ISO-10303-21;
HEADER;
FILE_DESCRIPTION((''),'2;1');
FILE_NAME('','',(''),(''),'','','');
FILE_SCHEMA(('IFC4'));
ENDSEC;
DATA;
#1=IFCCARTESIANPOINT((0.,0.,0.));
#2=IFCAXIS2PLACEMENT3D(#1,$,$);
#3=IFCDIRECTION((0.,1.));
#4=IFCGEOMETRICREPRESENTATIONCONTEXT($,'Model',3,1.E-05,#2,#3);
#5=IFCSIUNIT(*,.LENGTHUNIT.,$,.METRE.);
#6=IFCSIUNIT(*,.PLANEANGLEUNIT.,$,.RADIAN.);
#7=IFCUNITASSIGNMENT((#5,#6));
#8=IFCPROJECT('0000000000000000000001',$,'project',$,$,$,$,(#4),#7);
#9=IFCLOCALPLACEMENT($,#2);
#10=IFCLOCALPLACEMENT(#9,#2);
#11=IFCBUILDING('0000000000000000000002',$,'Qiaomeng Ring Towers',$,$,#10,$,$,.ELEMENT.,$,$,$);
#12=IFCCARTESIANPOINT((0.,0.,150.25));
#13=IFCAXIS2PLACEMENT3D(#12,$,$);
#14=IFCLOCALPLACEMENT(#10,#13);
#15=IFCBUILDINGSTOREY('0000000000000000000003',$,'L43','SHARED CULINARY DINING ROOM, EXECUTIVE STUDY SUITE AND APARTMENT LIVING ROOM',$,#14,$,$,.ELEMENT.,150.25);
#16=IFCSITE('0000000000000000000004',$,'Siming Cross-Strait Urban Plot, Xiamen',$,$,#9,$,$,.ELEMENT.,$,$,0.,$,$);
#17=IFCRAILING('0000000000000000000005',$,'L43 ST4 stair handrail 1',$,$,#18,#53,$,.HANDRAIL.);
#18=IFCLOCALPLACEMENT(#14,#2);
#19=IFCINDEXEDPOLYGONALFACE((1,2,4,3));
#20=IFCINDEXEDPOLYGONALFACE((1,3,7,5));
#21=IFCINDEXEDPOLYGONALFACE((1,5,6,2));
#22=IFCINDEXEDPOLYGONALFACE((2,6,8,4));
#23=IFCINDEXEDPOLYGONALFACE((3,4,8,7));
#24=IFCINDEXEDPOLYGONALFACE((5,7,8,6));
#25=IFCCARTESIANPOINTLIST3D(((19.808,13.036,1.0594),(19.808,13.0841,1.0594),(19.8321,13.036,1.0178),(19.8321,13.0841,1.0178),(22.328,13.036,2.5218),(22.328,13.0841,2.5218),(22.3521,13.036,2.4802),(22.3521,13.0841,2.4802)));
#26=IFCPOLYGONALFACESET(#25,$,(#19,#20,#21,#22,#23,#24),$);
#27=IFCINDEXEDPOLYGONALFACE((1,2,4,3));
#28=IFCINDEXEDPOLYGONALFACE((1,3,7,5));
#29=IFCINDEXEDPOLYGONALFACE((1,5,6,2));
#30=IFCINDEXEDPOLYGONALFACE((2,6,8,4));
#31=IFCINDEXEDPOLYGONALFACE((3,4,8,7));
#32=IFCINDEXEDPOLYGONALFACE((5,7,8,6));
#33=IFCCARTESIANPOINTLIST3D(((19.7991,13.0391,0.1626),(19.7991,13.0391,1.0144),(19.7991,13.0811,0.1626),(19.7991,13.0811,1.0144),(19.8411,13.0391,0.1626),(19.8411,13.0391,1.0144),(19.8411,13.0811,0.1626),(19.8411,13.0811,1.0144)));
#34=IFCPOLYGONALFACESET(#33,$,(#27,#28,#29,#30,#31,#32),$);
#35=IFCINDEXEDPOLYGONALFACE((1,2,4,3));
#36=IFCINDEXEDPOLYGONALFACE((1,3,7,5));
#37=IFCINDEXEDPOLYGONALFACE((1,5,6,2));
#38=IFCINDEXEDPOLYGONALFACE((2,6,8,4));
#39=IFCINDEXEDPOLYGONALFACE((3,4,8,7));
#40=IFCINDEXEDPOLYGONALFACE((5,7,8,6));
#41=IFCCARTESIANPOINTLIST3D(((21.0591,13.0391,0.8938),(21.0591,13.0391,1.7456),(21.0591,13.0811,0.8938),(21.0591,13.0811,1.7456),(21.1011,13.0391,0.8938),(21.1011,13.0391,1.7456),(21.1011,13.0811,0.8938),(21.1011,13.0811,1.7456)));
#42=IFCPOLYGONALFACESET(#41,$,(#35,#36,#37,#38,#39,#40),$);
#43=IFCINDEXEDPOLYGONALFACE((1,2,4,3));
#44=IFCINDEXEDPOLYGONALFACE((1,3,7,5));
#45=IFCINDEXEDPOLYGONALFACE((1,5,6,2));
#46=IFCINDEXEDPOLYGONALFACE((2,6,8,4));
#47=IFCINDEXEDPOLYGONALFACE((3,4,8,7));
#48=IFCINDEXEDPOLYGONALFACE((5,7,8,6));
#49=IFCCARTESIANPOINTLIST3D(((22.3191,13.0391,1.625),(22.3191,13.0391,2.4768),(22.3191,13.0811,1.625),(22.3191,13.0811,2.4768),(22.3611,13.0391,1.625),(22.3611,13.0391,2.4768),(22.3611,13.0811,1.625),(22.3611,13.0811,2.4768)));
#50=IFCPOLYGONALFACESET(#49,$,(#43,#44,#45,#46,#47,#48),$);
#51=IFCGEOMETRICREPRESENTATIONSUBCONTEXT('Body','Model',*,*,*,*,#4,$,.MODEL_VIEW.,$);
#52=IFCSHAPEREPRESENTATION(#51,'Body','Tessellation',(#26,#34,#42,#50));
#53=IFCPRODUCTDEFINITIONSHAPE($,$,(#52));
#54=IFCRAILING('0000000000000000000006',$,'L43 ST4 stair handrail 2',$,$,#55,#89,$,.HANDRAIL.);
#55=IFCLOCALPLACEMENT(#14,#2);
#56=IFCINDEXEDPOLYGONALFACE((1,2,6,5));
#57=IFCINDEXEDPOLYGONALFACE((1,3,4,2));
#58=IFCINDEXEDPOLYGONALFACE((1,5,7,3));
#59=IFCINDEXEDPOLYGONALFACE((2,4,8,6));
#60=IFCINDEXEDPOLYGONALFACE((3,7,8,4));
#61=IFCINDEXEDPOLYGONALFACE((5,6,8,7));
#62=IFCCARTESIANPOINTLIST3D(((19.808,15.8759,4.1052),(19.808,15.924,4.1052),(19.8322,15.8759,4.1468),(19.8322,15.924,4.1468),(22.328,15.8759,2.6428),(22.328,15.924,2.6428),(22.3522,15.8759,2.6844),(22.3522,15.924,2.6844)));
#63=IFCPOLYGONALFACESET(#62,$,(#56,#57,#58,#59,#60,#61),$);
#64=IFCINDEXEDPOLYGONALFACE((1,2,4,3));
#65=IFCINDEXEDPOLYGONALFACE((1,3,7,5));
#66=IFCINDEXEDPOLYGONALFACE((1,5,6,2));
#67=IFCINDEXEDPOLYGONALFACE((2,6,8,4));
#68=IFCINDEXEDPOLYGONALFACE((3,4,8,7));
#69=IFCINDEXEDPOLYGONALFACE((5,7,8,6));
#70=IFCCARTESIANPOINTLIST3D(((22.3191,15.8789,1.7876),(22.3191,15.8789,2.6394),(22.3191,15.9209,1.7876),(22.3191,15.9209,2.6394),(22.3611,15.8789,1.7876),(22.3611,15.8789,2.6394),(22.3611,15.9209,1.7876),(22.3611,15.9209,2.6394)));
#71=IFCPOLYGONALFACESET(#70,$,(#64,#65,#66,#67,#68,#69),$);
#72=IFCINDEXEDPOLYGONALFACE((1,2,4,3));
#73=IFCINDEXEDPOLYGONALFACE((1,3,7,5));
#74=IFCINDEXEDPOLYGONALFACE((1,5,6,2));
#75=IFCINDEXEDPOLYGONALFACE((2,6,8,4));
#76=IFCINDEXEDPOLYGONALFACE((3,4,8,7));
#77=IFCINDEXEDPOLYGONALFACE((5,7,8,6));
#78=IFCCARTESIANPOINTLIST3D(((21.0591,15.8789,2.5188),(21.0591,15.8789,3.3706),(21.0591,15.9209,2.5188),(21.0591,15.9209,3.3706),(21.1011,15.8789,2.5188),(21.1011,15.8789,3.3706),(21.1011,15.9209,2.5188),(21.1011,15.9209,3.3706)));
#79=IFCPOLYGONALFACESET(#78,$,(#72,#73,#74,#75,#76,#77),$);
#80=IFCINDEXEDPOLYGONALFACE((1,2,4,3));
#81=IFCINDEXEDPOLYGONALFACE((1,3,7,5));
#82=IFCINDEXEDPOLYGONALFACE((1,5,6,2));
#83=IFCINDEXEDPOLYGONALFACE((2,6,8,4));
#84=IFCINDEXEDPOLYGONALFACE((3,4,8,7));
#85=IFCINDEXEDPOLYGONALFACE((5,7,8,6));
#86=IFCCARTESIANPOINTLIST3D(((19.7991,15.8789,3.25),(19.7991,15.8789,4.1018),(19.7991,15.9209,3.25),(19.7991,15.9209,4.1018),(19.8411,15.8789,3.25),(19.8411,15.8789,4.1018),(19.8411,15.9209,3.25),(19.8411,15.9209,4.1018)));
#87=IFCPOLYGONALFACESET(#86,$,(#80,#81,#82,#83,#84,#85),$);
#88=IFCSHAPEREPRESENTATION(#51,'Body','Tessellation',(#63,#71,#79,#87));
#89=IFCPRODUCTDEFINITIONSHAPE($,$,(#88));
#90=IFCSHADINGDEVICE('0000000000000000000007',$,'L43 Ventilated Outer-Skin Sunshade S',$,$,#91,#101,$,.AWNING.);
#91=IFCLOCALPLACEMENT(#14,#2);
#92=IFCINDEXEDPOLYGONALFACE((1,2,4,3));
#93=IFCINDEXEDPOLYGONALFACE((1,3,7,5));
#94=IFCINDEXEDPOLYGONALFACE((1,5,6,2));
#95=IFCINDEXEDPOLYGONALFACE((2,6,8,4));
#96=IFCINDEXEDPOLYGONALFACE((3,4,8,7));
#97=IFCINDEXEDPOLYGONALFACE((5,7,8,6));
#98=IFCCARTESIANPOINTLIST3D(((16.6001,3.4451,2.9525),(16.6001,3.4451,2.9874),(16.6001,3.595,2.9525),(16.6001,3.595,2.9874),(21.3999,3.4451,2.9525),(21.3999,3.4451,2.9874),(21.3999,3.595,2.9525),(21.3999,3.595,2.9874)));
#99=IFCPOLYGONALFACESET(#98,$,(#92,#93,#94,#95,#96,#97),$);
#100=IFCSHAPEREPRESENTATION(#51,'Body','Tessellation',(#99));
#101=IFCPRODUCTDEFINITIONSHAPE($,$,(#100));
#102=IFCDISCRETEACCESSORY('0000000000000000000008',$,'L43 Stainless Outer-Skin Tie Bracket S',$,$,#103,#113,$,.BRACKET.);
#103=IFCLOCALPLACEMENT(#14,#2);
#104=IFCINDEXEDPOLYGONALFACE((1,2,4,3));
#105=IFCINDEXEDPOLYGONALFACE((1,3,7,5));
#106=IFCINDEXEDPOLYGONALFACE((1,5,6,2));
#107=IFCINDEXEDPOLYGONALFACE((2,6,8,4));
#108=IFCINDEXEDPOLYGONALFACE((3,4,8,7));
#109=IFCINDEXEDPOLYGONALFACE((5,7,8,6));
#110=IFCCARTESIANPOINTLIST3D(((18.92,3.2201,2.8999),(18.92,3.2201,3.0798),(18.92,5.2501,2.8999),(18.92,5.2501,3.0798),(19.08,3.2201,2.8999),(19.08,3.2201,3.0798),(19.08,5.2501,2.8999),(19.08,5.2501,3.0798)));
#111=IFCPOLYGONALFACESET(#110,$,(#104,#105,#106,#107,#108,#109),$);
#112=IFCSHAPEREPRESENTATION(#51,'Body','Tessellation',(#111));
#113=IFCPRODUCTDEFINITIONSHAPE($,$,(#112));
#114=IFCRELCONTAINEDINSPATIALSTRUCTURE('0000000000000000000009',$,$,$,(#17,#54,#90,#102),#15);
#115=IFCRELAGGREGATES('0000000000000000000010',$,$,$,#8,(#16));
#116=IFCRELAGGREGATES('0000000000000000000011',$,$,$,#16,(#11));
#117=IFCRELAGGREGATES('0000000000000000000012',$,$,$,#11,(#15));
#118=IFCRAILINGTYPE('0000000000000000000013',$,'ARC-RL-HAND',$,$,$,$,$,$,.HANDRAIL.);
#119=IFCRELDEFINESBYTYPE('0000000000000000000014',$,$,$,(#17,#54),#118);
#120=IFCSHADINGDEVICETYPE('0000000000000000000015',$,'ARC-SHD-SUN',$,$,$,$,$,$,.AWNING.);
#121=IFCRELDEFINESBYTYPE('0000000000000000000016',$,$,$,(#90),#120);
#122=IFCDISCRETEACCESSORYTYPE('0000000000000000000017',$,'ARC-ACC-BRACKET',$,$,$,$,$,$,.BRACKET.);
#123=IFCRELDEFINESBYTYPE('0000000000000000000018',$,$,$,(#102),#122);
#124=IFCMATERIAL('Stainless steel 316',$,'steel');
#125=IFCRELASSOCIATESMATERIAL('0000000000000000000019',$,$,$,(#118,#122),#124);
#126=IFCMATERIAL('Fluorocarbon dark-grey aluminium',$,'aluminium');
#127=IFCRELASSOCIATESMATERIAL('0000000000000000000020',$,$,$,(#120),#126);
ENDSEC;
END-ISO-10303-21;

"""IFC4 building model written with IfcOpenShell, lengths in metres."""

from ifc_helpers import new_model, si_unit, direction, frame, origin, origin_2d, place, context, subcontext, project, spatial, rectangle, extrude, source, transform, mapped, material, material_profile, profile_set, type_object, element, save


model = new_model("IFC4")

# Units and contexts
model_context = context("Model", 3, precision=1e-05, world=origin(), true_north=direction((0.0, 1.0)))
body_context = subcontext(model_context, "Body", "Model", "MODEL_VIEW")
ifc_project = project(units=[si_unit("LENGTHUNIT", "METRE"), si_unit("PLANEANGLEUNIT", "RADIAN")], contexts=[model_context])

# Site, building, storey
site_placement = place(None, origin())
site = spatial("IfcSite", under=ifc_project, at=site_placement, Name="Siming Cross-Strait Urban Plot, Xiamen", CompositionType="ELEMENT", RefElevation=0.0)
building_placement = place(site_placement, origin())
building = spatial("IfcBuilding", under=site, at=building_placement, Name="Qiaomeng Ring Towers", CompositionType="ELEMENT")
storey_placement = place(building_placement, frame((0.0, 0.0, 150.25)))
storey = spatial("IfcBuildingStorey", under=building, at=storey_placement, Name="L43", Description="SHARED CULINARY DINING ROOM, EXECUTIVE STUDY SUITE AND APARTMENT LIVING ROOM", CompositionType="ELEMENT", Elevation=150.25)

# Shared definitions
ifc_material_1 = material(Name="Fluorocarbon dark-grey aluminium", Category="aluminium")

# Railings
ifc_material_2 = material(Name="Stainless steel 316", Category="steel")
railing_type_1 = type_object("IfcRailingType", Name="ARC-RL-HAND", PredefinedType="HANDRAIL", material=ifc_material_2)
railing_1_placement = place(storey_placement, frame((19.8201, 13.0601, 0.1626)))
element("IfcRailing", 1, at=railing_1_placement, inside=storey, type_object=railing_type_1, Name="L43 ST4 stair handrail 1", PredefinedType="HANDRAIL", context=body_context, shape_type="SweptSolid", body=[
    extrude(rectangle(XDim=0.0481, YDim=0.0481, at=origin_2d()), frame((0.0, 0.0, 0.876), z_axis=(0.864913, 0.0, 0.501921), x_axis=(0.0, 1.0, 0.0)), (0.0, 0.0, 1.0), 2.9136),
    extrude(rectangle(XDim=0.042, YDim=0.042, at=origin_2d()), origin(), (0.0, 0.0, 1.0), 0.8518),
    extrude(rectangle(XDim=0.042, YDim=0.042, at=origin_2d()), frame((1.26, 0.0, 0.7312)), (0.0, 0.0, 1.0), 0.8518),
    extrude(rectangle(XDim=0.042, YDim=0.042, at=origin_2d()), frame((2.52, 0.0, 1.4624)), (0.0, 0.0, 1.0), 0.8518),
])
railing_2_placement = place(storey_placement, frame((22.3401, 15.8999, 1.7876)))
element("IfcRailing", 2, at=railing_2_placement, inside=storey, type_object=railing_type_1, Name="L43 ST4 stair handrail 2", PredefinedType="HANDRAIL", context=body_context, shape_type="SweptSolid", body=[
    extrude(rectangle(XDim=0.0481, YDim=0.0481, at=origin_2d()), frame((0.0, 0.0, 0.876), z_axis=(-0.864913, 0.0, 0.501921), x_axis=(0.0, -1.0, 0.0)), (0.0, 0.0, 1.0), 2.9136),
    extrude(rectangle(XDim=0.042, YDim=0.042, at=origin_2d()), origin(), (0.0, 0.0, 1.0), 0.8518),
    extrude(rectangle(XDim=0.042, YDim=0.042, at=origin_2d()), frame((-1.26, 0.0, 0.7312)), (0.0, 0.0, 1.0), 0.8518),
    extrude(rectangle(XDim=0.042, YDim=0.042, at=origin_2d()), frame((-2.52, 0.0, 1.4624)), (0.0, 0.0, 1.0), 0.8518),
])

# Shading device
ifc_material_profile_1 = material_profile(ifc_material_1, rectangle(XDim=0.1499, YDim=0.0349, at=origin_2d()), Name="LV BLADE 150x35")
ifc_profile_set_1 = profile_set([ifc_material_profile_1], Name="Fluorocarbon dark-grey aluminium")
shading_device_type = type_object("IfcShadingDeviceType", Name="ARC-SHD-SUN", PredefinedType="AWNING", material=ifc_profile_set_1)
shared_shape_1 = source(origin(), body_context, "Body", "SweptSolid", [
    extrude(rectangle(XDim=0.1499, YDim=0.0349, at=origin_2d()), origin(), (0.0, 0.0, 1.0), 4.7998),
])
shading_device_placement = place(storey_placement, frame((16.6001, 3.52, 2.97), z_axis=(1.0, 0.0, 0.0), x_axis=(0.0, 1.0, 0.0)))
element("IfcShadingDevice", 3, at=shading_device_placement, inside=storey, type_object=shading_device_type, Name="L43 Ventilated Outer-Skin Sunshade S", PredefinedType="AWNING", context=body_context, shape_type="MappedRepresentation", body=[
    mapped(shared_shape_1, transform((0.0, 0.0, 0.0), x_axis=(1.0, 0.0, 0.0), y_axis=(0.0, 1.0, 0.0), z_axis=(0.0, 0.0, 1.0), scale=1.0)),
])

# Discrete accessory
discrete_accessory_type = type_object("IfcDiscreteAccessoryType", Name="ARC-ACC-BRACKET", PredefinedType="BRACKET", material=ifc_material_2)
shared_shape_2 = source(origin(), body_context, "Body", "SweptSolid", [
    extrude(rectangle(XDim=0.1599, YDim=2.03, at=origin_2d()), origin(), (0.0, 0.0, 1.0), 0.1799),
])
discrete_accessory_placement = place(storey_placement, frame((19.0, 4.2351, 2.8999), z_axis=(0.0, 0.0, 1.0), x_axis=(1.0, 0.0, 0.0)))
element("IfcDiscreteAccessory", 4, at=discrete_accessory_placement, inside=storey, type_object=discrete_accessory_type, Name="L43 Stainless Outer-Skin Tie Bracket S", PredefinedType="BRACKET", context=body_context, shape_type="MappedRepresentation", body=[
    mapped(shared_shape_2, transform((0.0, 0.0, 0.0), x_axis=(1.0, 0.0, 0.0), y_axis=(0.0, 1.0, 0.0), z_axis=(0.0, 0.0, 1.0), scale=1.0)),
])

save(model, "model.ifc")
